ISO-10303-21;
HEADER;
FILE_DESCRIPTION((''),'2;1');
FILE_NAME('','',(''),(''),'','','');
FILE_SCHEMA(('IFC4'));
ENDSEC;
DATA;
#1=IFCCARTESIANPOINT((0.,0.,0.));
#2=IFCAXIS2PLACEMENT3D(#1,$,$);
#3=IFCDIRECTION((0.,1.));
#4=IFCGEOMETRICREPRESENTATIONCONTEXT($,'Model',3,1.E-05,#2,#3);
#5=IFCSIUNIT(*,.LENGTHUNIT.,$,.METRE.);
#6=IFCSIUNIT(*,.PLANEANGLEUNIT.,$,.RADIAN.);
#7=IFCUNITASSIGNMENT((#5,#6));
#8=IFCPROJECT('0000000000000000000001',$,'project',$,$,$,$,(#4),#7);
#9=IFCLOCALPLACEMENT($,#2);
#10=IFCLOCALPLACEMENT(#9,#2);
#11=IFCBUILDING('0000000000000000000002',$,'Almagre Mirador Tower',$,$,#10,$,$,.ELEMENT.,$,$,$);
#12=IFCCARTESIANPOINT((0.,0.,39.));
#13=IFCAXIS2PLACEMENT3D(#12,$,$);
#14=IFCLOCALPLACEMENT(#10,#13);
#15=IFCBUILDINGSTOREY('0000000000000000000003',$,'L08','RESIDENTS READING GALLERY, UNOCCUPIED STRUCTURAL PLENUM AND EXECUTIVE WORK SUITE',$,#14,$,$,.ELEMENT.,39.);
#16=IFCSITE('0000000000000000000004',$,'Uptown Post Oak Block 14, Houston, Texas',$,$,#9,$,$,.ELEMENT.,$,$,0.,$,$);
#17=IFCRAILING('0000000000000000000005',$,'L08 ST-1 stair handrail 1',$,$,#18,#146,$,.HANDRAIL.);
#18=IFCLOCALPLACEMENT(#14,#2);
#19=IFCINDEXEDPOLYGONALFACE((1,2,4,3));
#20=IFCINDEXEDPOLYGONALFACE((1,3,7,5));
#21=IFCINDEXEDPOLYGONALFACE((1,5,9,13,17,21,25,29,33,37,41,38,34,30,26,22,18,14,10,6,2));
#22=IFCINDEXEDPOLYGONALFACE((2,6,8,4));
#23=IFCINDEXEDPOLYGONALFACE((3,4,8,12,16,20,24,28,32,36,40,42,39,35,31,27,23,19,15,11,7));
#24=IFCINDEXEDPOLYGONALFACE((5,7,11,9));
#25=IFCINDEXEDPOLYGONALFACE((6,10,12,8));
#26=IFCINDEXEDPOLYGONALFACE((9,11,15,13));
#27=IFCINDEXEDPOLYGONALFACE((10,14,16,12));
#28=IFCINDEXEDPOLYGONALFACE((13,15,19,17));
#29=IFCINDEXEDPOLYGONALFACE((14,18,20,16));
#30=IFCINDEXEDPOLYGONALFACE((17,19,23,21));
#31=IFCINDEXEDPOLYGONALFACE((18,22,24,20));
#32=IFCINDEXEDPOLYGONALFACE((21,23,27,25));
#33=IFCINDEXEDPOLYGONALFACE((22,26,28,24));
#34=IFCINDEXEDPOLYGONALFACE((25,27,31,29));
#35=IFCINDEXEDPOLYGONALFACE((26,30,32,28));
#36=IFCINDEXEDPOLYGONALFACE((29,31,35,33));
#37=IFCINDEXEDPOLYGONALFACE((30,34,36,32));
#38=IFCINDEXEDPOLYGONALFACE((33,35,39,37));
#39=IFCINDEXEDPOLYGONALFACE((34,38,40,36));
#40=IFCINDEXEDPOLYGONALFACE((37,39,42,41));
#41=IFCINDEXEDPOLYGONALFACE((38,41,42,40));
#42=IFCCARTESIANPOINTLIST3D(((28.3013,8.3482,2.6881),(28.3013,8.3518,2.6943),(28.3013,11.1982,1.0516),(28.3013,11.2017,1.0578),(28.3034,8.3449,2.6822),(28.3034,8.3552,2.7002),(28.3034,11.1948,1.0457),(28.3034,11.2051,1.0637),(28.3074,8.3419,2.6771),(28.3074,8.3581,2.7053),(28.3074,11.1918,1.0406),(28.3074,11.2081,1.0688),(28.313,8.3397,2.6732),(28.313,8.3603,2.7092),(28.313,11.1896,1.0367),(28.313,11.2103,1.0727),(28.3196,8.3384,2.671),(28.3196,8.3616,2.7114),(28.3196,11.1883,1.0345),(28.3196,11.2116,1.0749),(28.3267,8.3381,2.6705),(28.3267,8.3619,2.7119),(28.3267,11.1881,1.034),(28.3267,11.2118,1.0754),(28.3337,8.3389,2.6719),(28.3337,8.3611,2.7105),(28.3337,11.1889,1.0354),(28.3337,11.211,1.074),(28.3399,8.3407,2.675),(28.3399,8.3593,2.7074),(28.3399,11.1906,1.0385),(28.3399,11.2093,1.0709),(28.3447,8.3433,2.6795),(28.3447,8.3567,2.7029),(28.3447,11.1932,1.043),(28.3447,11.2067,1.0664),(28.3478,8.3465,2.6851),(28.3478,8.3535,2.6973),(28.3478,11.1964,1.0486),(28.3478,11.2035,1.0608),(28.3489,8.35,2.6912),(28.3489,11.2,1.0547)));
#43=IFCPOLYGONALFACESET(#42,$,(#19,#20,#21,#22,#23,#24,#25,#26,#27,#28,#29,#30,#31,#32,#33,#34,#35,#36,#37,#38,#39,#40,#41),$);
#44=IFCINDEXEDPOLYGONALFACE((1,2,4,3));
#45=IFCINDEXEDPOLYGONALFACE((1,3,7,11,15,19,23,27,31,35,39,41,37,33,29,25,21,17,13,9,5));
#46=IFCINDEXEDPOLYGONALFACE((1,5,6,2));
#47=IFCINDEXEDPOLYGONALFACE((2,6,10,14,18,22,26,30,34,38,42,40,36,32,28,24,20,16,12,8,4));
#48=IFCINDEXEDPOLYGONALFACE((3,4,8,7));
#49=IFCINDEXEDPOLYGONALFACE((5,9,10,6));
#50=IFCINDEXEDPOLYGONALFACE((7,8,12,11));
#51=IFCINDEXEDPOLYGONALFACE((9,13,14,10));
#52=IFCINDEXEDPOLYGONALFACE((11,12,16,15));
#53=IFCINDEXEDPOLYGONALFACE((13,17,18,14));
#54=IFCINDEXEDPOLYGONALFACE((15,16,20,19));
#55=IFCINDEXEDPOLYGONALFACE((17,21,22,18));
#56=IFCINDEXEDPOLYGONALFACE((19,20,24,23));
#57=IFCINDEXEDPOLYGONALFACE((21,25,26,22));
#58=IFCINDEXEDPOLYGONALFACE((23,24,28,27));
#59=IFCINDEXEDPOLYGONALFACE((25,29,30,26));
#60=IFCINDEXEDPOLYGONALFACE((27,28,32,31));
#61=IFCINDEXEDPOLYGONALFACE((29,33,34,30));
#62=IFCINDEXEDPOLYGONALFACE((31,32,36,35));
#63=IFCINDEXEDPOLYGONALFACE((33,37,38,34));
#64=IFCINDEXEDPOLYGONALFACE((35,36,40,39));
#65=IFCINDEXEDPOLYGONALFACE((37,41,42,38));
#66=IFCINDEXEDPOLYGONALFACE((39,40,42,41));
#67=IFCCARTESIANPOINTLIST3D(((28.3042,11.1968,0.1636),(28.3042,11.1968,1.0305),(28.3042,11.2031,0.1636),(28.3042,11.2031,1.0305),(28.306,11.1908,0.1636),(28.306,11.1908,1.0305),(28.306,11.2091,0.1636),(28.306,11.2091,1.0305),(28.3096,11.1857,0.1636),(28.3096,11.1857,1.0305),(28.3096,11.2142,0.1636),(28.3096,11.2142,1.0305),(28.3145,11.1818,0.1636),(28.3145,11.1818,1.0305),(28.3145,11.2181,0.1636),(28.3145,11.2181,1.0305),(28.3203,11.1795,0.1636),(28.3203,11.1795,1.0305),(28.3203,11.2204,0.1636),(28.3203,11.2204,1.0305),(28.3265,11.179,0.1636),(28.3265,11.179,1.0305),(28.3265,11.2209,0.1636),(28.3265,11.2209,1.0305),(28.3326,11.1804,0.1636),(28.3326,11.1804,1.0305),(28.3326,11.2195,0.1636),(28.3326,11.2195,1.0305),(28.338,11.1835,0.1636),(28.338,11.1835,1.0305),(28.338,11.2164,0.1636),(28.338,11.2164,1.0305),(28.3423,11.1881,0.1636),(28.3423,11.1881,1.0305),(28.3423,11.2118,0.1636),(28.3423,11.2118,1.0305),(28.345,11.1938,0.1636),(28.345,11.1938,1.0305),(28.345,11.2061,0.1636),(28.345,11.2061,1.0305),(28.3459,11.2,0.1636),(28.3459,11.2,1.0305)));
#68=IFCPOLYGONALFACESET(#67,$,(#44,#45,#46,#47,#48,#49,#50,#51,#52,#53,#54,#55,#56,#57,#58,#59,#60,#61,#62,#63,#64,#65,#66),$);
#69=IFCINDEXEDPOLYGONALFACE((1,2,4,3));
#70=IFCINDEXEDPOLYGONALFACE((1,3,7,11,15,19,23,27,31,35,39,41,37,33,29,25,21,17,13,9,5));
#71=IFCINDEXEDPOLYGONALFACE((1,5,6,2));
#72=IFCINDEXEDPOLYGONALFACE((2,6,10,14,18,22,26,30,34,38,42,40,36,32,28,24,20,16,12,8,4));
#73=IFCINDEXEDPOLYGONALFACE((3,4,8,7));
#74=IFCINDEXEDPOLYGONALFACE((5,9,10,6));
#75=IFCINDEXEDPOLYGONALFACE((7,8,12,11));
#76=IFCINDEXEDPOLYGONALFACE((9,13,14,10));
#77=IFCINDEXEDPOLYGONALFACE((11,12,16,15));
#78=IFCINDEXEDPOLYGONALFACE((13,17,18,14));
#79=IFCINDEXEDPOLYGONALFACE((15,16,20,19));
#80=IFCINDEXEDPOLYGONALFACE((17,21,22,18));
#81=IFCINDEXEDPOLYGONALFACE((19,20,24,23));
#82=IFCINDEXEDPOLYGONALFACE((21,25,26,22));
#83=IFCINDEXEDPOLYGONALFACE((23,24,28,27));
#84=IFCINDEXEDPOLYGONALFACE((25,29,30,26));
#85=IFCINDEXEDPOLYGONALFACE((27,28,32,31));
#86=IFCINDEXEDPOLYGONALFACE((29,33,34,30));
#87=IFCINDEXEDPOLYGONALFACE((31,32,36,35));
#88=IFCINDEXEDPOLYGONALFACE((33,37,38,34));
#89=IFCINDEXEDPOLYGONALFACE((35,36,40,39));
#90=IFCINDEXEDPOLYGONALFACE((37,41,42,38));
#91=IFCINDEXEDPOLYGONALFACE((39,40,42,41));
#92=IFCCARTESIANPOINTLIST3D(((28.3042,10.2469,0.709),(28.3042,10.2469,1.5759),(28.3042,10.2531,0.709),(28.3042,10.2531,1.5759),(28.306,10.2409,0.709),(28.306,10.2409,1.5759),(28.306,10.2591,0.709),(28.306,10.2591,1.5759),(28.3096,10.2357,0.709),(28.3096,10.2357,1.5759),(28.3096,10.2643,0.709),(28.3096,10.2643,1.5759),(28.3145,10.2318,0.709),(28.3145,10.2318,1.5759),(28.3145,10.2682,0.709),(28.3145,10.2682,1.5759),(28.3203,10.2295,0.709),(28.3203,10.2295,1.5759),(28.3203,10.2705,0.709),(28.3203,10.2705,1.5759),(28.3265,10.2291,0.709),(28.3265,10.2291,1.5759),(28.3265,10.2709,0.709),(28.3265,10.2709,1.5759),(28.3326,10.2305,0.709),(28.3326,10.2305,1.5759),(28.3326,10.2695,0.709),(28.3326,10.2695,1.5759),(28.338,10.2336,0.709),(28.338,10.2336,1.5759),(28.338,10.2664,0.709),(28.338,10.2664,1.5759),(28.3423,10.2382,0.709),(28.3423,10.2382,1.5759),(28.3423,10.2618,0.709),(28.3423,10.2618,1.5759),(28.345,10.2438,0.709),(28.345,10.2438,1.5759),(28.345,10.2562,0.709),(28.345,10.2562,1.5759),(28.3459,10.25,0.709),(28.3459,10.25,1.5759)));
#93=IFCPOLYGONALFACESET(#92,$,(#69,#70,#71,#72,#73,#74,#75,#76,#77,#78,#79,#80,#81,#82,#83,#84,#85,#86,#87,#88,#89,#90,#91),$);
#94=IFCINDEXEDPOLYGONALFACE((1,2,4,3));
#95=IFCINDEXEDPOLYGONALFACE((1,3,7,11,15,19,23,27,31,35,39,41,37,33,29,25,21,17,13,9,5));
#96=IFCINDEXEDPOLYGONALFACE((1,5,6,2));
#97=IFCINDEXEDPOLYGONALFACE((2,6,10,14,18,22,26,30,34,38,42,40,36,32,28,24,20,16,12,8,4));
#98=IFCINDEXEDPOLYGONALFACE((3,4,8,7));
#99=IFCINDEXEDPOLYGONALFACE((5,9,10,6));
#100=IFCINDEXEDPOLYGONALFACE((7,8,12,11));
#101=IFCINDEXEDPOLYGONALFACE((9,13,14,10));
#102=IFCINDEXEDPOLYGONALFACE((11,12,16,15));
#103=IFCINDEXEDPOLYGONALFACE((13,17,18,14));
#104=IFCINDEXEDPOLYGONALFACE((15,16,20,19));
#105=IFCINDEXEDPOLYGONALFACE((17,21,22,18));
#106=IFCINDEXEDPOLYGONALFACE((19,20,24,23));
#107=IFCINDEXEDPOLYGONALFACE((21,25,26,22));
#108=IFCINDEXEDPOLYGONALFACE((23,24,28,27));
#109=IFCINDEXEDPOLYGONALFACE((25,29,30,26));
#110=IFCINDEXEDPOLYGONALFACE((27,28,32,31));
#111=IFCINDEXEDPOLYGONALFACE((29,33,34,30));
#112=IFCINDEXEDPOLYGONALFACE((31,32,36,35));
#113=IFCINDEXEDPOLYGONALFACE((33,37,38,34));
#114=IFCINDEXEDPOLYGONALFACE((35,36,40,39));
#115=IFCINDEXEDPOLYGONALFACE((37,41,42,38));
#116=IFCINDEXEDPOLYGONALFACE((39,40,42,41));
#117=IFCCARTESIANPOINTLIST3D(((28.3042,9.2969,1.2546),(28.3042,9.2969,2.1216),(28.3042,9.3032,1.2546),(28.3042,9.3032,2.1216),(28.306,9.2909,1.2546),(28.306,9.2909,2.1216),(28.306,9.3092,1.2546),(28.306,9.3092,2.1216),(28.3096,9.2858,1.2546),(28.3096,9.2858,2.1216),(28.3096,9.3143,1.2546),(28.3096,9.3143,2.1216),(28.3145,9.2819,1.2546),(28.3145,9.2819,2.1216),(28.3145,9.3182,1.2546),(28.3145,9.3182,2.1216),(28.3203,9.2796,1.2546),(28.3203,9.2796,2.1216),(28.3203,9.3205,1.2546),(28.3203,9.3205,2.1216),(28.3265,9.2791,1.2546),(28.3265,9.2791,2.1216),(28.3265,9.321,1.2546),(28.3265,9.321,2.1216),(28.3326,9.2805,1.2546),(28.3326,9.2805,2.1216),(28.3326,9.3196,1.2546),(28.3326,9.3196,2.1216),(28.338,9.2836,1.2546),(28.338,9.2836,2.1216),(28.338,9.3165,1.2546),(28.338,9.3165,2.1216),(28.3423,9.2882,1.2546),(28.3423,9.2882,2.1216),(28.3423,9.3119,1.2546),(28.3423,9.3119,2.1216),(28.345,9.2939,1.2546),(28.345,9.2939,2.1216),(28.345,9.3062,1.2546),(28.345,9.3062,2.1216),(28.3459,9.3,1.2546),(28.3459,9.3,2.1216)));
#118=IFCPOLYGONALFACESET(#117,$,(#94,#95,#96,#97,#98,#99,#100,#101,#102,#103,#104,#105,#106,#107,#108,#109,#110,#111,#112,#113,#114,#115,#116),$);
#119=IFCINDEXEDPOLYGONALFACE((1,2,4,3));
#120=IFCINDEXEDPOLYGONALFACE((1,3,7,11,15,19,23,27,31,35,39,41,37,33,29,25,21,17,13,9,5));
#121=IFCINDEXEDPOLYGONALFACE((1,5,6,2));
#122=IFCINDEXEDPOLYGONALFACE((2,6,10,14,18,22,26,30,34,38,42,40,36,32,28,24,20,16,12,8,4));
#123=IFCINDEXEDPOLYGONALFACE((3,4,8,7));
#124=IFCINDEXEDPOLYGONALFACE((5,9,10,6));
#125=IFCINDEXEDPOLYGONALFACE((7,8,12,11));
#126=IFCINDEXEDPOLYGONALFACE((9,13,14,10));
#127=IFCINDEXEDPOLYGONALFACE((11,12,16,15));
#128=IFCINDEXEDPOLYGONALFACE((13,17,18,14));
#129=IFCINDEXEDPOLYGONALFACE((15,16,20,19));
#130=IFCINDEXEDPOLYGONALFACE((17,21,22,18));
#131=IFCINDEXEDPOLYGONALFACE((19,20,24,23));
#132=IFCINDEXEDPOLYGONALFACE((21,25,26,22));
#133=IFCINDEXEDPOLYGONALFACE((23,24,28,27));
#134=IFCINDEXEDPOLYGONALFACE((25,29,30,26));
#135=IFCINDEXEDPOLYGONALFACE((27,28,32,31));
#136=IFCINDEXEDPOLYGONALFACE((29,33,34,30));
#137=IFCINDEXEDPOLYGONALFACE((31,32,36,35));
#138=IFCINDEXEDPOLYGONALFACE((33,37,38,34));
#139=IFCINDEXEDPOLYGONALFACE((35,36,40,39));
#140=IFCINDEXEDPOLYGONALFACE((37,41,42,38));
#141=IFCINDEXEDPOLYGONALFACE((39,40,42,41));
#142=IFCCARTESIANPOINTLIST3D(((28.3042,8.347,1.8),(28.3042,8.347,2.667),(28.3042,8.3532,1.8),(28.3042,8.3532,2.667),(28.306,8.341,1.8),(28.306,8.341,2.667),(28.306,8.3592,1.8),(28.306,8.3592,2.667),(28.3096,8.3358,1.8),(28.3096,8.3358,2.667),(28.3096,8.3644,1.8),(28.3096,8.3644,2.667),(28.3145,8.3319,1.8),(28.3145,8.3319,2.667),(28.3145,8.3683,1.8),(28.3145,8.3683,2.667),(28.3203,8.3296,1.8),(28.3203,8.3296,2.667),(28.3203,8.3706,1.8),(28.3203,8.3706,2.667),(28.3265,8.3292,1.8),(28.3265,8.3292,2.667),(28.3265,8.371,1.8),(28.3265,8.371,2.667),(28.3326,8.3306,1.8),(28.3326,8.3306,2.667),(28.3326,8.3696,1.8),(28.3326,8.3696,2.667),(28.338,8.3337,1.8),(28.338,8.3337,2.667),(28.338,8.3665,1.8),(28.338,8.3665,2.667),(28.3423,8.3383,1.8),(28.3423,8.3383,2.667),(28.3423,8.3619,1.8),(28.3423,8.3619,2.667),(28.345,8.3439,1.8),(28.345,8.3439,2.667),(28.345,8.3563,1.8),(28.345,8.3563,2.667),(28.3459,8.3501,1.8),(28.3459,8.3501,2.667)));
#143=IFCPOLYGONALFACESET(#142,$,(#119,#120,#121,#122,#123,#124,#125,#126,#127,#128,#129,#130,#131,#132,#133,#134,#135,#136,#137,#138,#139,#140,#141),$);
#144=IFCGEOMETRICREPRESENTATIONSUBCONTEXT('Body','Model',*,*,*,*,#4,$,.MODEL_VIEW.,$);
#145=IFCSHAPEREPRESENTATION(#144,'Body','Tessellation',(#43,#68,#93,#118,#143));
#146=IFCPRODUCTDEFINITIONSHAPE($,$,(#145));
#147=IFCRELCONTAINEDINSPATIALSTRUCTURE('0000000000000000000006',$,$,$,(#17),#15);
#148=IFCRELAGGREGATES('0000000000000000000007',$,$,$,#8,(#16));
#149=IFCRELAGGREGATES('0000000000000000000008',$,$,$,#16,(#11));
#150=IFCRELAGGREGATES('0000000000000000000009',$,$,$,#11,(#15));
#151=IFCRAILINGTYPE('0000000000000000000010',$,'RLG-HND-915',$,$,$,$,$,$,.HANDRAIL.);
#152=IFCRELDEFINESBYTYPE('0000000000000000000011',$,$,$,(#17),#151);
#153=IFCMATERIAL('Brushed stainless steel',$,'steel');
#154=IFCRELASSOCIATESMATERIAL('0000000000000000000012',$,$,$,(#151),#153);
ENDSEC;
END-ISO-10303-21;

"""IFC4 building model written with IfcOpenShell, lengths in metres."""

from ifc_helpers import new_model, si_unit, direction, frame, origin, origin_2d, place, context, subcontext, project, spatial, circle, extrude, material, type_object, element, save


model = new_model("IFC4")

# Units and contexts
model_context = context("Model", 3, precision=1e-05, world=origin(), true_north=direction((0.0, 1.0)))
body_context = subcontext(model_context, "Body", "Model", "MODEL_VIEW")
ifc_project = project(units=[si_unit("LENGTHUNIT", "METRE"), si_unit("PLANEANGLEUNIT", "RADIAN")], contexts=[model_context])

# Site, building, storey
site_placement = place(None, origin())
site = spatial("IfcSite", under=ifc_project, at=site_placement, Name="Uptown Post Oak Block 14, Houston, Texas", CompositionType="ELEMENT", RefElevation=0.0)
building_placement = place(site_placement, origin())
building = spatial("IfcBuilding", under=site, at=building_placement, Name="Almagre Mirador Tower", CompositionType="ELEMENT")
storey_placement = place(building_placement, frame((0.0, 0.0, 39.0)))
storey = spatial("IfcBuildingStorey", under=building, at=storey_placement, Name="L08", Description="RESIDENTS READING GALLERY, UNOCCUPIED STRUCTURAL PLENUM AND EXECUTIVE WORK SUITE", CompositionType="ELEMENT", Elevation=39.0)

# Railing
ifc_material_1 = material(Name="Brushed stainless steel", Category="steel")
railing_type_1 = type_object("IfcRailingType", Name="RLG-HND-915", PredefinedType="HANDRAIL", material=ifc_material_1)
railing_1_placement = place(storey_placement, frame((28.325, 11.2, 0.1636)))
element("IfcRailing", 1, at=railing_1_placement, inside=storey, type_object=railing_type_1, Name="L08 ST-1 stair handrail 1", PredefinedType="HANDRAIL", context=body_context, shape_type="SweptSolid", body=[
    extrude(circle(Radius=0.0239, at=origin_2d()), frame((0.0, 0.0, 0.8911), z_axis=(0.0, -0.867194, 0.49797), x_axis=(1.0, 0.0, 0.0)), (0.0, 0.0, 1.0), 3.2864),
    extrude(circle(Radius=0.021, at=origin_2d()), origin(), (0.0, 0.0, 1.0), 0.8669),
    extrude(circle(Radius=0.021, at=origin_2d()), frame((0.0, -0.95, 0.5454)), (0.0, 0.0, 1.0), 0.8669),
    extrude(circle(Radius=0.021, at=origin_2d()), frame((0.0, -1.8999, 1.0911)), (0.0, 0.0, 1.0), 0.8669),
    extrude(circle(Radius=0.021, at=origin_2d()), frame((0.0, -2.8499, 1.6365)), (0.0, 0.0, 1.0), 0.8669),
])

save(model, "model.ifc")
